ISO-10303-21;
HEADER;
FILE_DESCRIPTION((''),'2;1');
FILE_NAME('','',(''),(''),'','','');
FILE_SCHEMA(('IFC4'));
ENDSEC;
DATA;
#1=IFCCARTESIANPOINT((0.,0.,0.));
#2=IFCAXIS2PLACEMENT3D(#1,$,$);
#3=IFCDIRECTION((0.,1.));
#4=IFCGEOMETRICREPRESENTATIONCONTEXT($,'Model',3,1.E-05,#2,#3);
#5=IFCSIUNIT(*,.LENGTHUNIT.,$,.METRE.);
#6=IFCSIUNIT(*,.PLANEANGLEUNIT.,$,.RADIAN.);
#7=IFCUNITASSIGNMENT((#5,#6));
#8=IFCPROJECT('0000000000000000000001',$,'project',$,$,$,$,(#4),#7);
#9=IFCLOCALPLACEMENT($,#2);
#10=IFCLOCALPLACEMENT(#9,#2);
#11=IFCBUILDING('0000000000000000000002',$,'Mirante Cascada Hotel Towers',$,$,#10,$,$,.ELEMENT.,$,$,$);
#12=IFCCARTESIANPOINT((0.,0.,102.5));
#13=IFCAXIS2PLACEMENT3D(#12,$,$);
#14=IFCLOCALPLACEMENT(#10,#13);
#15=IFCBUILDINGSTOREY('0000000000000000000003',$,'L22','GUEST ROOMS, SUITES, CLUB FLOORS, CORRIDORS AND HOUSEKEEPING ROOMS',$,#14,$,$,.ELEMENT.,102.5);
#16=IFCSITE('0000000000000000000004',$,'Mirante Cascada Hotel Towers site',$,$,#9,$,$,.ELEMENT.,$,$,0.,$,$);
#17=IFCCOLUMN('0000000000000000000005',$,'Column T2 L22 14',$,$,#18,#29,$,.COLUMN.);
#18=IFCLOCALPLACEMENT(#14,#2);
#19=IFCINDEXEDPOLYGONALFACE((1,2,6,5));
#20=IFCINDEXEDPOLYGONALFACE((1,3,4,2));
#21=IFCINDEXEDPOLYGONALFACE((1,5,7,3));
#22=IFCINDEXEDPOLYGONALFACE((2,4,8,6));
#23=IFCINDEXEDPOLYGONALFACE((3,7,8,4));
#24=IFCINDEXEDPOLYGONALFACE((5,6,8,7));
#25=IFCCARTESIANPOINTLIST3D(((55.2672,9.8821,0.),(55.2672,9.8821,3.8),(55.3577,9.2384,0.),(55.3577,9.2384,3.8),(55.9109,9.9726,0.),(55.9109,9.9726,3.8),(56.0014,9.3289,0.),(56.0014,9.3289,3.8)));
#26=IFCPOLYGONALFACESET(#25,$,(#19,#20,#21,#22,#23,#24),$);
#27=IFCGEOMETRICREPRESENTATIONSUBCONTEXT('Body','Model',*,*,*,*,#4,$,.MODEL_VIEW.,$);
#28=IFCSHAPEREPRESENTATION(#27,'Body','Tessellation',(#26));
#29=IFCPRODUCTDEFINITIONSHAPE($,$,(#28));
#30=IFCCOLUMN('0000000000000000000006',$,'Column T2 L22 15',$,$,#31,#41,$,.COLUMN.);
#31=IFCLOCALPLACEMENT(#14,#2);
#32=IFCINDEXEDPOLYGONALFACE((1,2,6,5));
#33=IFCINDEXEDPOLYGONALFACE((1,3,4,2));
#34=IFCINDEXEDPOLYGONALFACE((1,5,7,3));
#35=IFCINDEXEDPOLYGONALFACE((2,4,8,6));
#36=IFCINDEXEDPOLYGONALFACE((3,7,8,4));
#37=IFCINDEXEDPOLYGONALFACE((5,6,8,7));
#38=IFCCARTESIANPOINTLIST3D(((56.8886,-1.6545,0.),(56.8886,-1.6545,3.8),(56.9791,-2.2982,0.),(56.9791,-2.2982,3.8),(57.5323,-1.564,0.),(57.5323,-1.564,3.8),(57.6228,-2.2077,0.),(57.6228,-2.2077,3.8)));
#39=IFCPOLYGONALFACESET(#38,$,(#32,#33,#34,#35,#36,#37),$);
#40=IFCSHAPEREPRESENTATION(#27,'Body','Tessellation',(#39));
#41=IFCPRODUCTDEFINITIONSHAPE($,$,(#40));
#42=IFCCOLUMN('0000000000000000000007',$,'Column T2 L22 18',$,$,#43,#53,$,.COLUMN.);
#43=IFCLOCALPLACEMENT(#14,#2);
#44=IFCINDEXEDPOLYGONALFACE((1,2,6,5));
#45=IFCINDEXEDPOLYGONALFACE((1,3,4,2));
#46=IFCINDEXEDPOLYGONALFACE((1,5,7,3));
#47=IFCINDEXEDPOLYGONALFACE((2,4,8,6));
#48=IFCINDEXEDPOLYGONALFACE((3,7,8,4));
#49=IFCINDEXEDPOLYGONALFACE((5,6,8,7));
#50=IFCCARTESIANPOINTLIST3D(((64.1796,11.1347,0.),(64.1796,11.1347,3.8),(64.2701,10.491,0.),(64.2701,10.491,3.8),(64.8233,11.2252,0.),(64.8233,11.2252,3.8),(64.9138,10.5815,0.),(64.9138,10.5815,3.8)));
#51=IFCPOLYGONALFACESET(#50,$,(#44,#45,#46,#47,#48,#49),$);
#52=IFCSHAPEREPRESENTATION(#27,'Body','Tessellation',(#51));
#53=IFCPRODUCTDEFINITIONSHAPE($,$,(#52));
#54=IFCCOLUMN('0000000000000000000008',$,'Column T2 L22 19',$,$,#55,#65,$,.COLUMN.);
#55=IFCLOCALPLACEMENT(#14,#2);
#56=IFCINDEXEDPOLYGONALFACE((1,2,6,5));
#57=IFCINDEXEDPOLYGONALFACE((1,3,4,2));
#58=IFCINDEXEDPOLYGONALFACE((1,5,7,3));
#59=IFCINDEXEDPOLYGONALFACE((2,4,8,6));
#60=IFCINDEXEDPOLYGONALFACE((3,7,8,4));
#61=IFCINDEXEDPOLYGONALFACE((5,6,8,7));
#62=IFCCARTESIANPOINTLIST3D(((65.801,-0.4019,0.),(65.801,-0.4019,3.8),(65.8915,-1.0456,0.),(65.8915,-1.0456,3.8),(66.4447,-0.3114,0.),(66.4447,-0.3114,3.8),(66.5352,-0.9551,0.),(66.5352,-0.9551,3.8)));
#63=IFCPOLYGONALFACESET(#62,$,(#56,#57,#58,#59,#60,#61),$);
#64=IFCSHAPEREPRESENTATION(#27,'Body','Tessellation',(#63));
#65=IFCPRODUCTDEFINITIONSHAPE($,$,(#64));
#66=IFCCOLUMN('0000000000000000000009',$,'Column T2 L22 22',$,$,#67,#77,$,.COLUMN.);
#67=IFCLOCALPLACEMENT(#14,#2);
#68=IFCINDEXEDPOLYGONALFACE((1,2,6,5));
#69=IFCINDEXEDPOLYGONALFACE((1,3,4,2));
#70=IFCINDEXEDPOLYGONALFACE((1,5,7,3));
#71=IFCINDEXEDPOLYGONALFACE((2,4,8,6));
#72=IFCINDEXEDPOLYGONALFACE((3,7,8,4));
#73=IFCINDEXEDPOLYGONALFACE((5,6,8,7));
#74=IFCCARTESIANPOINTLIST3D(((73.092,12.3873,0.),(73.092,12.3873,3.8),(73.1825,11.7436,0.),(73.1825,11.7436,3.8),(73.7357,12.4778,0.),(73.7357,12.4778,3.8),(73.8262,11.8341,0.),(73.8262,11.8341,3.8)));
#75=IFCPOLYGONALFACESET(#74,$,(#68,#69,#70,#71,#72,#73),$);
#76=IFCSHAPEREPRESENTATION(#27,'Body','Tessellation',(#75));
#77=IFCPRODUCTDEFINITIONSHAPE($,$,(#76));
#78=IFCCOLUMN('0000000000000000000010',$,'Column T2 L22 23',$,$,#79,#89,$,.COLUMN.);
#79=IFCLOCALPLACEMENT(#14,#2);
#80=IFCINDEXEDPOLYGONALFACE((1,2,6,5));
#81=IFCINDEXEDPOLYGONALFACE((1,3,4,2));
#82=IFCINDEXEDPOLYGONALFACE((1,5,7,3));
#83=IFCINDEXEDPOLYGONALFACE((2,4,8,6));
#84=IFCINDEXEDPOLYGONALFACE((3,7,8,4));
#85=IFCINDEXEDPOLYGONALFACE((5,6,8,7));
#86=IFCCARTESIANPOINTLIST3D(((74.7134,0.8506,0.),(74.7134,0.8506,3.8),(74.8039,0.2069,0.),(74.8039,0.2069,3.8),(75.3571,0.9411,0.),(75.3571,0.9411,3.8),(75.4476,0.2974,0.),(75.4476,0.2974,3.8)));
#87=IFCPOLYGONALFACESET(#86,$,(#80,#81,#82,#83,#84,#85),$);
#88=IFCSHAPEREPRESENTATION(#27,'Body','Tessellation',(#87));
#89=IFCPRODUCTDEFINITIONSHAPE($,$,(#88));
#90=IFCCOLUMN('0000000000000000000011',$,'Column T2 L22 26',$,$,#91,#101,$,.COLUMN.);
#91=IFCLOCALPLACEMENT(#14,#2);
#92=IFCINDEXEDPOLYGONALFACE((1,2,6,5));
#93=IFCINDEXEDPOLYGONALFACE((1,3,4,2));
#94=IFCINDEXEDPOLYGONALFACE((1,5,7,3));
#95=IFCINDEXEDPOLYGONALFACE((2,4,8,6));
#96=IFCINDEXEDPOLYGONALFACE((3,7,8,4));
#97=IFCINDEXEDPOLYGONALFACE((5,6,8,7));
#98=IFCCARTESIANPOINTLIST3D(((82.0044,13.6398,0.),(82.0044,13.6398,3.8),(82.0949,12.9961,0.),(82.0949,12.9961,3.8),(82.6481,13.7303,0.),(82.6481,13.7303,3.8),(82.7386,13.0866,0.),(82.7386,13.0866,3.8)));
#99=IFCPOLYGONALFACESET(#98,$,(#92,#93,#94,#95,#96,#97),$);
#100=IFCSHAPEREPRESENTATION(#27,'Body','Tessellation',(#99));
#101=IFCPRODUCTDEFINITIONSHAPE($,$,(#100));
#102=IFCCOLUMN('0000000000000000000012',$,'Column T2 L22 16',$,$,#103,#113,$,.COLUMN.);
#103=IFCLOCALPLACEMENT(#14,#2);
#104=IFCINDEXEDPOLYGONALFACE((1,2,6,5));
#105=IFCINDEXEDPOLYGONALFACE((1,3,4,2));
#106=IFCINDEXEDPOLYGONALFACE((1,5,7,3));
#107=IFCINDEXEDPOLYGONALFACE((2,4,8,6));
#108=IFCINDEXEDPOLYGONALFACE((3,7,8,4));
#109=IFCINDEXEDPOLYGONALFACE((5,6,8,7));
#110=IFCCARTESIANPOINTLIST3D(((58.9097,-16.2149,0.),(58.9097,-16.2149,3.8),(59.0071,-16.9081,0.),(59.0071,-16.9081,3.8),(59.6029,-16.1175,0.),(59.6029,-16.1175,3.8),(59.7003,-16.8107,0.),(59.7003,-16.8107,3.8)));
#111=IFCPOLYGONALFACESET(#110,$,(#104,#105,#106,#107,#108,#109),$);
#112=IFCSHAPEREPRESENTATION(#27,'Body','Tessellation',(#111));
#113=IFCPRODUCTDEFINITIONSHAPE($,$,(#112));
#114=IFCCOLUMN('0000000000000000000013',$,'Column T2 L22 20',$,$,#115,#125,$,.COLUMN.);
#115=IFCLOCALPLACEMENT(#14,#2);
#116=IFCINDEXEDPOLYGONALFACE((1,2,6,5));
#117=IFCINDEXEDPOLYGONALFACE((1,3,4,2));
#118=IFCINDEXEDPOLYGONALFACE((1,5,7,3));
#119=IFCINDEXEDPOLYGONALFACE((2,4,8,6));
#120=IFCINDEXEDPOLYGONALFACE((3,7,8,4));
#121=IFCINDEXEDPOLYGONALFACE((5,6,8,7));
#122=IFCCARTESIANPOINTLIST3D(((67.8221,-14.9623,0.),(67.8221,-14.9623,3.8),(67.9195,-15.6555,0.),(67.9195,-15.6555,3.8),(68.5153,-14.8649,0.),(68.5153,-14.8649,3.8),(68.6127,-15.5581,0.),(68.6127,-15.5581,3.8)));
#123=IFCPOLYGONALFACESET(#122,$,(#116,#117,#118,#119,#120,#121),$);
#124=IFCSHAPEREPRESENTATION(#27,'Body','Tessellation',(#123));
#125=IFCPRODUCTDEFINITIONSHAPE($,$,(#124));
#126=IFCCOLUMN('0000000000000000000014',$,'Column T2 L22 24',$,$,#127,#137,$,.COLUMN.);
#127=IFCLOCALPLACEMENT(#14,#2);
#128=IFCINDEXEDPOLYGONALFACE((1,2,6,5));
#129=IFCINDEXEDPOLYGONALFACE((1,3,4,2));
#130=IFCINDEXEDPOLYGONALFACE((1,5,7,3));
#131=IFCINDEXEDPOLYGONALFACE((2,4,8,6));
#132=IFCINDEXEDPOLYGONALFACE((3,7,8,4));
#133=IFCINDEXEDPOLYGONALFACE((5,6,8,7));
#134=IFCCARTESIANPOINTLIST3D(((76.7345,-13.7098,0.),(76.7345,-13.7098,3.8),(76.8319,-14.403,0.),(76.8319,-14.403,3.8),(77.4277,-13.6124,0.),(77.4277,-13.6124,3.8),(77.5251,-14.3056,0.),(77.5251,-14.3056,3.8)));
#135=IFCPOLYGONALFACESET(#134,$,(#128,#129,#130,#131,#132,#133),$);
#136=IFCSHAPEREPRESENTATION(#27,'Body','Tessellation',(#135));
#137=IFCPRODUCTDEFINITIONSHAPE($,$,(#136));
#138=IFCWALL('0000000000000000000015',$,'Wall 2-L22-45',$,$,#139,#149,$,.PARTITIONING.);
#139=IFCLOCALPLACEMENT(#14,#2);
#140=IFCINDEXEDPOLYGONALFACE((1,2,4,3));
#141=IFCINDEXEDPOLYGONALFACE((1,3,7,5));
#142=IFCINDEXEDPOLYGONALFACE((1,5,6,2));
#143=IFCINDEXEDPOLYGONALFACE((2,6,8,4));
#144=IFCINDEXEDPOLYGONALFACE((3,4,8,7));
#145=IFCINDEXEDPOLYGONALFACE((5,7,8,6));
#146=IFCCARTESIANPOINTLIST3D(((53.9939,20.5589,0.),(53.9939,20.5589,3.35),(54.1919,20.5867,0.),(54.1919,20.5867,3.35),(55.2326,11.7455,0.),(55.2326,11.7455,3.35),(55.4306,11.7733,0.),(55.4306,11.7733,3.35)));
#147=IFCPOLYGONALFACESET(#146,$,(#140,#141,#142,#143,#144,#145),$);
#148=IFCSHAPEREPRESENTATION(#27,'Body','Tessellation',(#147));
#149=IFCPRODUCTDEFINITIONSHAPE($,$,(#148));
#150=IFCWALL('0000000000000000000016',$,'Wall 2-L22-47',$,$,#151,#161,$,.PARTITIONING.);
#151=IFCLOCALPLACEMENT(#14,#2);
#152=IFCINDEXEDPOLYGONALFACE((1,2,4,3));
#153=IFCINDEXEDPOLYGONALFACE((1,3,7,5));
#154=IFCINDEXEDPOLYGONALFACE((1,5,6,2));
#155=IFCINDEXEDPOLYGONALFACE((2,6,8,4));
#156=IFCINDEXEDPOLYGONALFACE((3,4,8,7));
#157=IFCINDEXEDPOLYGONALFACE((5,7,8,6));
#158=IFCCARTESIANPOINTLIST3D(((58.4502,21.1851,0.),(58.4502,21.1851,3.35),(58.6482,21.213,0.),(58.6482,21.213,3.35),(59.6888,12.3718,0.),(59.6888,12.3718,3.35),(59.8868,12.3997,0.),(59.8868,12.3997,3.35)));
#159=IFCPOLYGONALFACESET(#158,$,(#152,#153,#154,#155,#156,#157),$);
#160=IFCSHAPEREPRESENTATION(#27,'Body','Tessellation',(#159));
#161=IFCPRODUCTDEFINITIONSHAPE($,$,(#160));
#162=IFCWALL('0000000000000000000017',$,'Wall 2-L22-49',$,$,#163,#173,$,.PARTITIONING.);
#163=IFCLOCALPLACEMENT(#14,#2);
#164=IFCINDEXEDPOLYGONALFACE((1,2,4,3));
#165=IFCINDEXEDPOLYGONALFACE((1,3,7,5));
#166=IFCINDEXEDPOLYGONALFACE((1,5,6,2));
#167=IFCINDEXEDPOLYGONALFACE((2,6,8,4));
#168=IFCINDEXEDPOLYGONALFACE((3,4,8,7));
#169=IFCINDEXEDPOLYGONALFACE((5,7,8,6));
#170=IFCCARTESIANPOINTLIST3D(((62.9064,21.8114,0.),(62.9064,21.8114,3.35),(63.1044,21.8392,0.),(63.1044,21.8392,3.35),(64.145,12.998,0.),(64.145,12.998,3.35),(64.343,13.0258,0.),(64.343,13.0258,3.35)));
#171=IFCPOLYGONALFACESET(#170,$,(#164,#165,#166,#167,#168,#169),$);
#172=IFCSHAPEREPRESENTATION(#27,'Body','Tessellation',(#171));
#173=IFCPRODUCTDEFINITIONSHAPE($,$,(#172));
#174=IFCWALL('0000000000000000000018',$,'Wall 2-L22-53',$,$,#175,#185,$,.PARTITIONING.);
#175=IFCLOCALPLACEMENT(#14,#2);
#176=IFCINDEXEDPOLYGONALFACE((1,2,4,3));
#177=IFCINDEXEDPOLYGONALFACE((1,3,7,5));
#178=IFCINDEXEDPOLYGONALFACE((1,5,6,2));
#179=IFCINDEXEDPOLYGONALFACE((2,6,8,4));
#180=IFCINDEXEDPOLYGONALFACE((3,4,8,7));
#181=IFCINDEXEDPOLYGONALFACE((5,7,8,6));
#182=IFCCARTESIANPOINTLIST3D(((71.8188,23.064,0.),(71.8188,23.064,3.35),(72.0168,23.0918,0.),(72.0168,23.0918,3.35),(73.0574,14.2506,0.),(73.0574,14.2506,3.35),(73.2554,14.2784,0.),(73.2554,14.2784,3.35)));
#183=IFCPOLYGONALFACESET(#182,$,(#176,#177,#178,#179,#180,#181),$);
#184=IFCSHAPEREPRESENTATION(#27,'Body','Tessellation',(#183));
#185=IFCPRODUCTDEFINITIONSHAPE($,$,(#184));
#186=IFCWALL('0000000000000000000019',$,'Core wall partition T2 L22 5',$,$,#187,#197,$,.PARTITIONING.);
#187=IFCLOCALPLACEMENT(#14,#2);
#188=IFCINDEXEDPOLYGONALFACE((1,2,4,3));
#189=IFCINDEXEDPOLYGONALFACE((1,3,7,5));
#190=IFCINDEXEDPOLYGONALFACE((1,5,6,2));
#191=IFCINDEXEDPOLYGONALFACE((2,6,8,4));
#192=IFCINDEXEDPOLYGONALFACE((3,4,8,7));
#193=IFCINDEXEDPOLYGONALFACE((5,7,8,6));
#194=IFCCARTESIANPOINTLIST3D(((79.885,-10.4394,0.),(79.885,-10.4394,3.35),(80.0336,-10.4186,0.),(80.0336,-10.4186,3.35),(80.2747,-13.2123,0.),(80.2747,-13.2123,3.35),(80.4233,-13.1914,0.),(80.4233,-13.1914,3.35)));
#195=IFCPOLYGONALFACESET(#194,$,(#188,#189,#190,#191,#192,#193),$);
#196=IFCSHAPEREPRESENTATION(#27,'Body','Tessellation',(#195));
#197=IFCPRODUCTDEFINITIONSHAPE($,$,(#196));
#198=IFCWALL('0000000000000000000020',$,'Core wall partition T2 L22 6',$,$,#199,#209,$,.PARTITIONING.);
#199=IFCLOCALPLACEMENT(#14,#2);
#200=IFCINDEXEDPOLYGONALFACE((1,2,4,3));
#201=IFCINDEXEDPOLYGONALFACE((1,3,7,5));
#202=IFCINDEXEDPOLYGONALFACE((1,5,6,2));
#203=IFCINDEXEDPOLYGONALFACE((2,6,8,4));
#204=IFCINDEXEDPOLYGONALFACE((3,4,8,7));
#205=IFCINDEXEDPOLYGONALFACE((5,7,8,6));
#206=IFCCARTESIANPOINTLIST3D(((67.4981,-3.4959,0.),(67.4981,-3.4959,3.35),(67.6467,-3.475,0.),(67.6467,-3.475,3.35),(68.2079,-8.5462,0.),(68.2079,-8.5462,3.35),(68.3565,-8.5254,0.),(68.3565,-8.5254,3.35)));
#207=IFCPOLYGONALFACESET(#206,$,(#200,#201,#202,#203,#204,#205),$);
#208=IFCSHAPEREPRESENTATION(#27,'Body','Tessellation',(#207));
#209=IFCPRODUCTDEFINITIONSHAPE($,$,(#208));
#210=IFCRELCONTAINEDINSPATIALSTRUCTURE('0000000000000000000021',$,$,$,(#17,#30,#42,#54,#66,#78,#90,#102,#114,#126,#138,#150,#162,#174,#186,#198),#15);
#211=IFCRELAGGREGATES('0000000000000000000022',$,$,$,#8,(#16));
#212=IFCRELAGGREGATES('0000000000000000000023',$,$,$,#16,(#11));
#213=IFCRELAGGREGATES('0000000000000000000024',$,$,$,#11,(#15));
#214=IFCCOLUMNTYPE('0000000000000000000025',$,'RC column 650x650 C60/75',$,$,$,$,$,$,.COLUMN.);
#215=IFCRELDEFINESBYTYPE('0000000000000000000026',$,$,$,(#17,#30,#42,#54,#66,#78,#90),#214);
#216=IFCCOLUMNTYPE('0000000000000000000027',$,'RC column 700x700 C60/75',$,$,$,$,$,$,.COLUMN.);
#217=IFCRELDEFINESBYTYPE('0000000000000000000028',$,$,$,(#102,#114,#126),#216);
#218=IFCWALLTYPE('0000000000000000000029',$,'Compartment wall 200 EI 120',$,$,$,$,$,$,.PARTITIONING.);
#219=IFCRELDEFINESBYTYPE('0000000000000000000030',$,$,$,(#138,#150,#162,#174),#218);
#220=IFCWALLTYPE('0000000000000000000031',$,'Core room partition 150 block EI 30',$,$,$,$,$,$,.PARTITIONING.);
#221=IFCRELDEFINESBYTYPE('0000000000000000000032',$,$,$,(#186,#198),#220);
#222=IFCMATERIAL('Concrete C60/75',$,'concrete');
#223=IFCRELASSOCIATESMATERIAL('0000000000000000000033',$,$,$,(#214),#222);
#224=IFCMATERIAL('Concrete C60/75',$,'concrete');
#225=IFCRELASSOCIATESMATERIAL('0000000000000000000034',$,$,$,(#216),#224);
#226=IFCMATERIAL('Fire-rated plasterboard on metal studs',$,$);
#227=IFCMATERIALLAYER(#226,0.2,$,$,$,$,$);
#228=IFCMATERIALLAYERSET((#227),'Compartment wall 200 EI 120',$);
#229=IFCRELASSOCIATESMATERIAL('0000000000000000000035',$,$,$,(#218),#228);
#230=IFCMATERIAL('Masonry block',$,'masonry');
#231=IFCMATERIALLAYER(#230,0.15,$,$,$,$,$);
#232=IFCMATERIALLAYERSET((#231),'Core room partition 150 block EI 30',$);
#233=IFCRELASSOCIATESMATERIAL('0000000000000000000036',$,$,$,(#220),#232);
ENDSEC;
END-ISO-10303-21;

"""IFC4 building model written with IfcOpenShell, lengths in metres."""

from ifc_helpers import new_model, si_unit, direction, frame, frame_2d, origin, origin_2d, place, context, subcontext, project, spatial, rectangle, extrude, material, layer, layer_set, material_profile, profile_set, type_object, element, save


model = new_model("IFC4")

# Units and contexts
model_context = context("Model", 3, precision=1e-05, world=origin(), true_north=direction((0.0, 1.0)))
body_context = subcontext(model_context, "Body", "Model", "MODEL_VIEW")
ifc_project = project(units=[si_unit("LENGTHUNIT", "METRE"), si_unit("PLANEANGLEUNIT", "RADIAN")], contexts=[model_context])

# Site, building, storey
site_placement = place(None, origin())
site = spatial("IfcSite", under=ifc_project, at=site_placement, Name="Mirante Cascada Hotel Towers site", CompositionType="ELEMENT", RefElevation=0.0)
building_placement = place(site_placement, origin())
building = spatial("IfcBuilding", under=site, at=building_placement, Name="Mirante Cascada Hotel Towers", CompositionType="ELEMENT")
storey_placement = place(building_placement, frame((0.0, 0.0, 102.5)))
storey = spatial("IfcBuildingStorey", under=building, at=storey_placement, Name="L22", Description="GUEST ROOMS, SUITES, CLUB FLOORS, CORRIDORS AND HOUSEKEEPING ROOMS", CompositionType="ELEMENT", Elevation=102.5)

# Columns
ifc_material_1 = material(Name="Concrete C60/75", Category="concrete")
ifc_material_profile_1 = material_profile(ifc_material_1, rectangle(XDim=0.65, YDim=0.65, at=origin_2d()), Name="RC column 650x650 C60/75")
ifc_profile_set_1 = profile_set([ifc_material_profile_1], Name="Concrete C60/75")
column_type_1 = type_object("IfcColumnType", Name="RC column 650x650 C60/75", PredefinedType="COLUMN", material=ifc_profile_set_1)
for number, where, z_axis, x_axis, name in (
    (1, (55.6343, 9.6055, 0.0), (0.0, 0.0, 1.0), (0.990268, 0.139173, 0.0), "Column T2 L22 14"),
    (2, (57.2557, -1.9311, 0.0), (0.0, 0.0, 1.0), (0.990268, 0.139173, 0.0), "Column T2 L22 15"),
    (3, (64.5467, 10.8581, 0.0), (0.0, 0.0, 1.0), (0.990268, 0.139173, 0.0), "Column T2 L22 18"),
    (4, (66.1681, -0.6785, 0.0), (0.0, 0.0, 1.0), (0.990268, 0.139173, 0.0), "Column T2 L22 19"),
    (5, (73.4591, 12.1107, 0.0), (0.0, 0.0, 1.0), (0.990268, 0.139173, 0.0), "Column T2 L22 22"),
    (6, (75.0805, 0.574, 0.0), (0.0, 0.0, 1.0), (0.990268, 0.139173, 0.0), "Column T2 L22 23"),
    (7, (82.3715, 13.3632, 0.0), (0.0, 0.0, 1.0), (0.990268, 0.139173, 0.0), "Column T2 L22 26"),
):
    element("IfcColumn", number, at=place(storey_placement, frame(where, z_axis=z_axis, x_axis=x_axis)), inside=storey, type_object=column_type_1, Name=name, PredefinedType="COLUMN", context=body_context, shape_type="SweptSolid", body=[
        extrude(rectangle(XDim=0.65, YDim=0.65, at=origin_2d()), origin(), (0.0, 0.0, 1.0), 3.8),
    ])
ifc_material_2 = material(Name="Concrete C60/75", Category="concrete")
ifc_material_profile_2 = material_profile(ifc_material_2, rectangle(XDim=0.7, YDim=0.7, at=origin_2d()), Name="RC column 700x700 C60/75")
ifc_profile_set_2 = profile_set([ifc_material_profile_2], Name="Concrete C60/75")
column_type_2 = type_object("IfcColumnType", Name="RC column 700x700 C60/75", PredefinedType="COLUMN", material=ifc_profile_set_2)
for number, where, z_axis, x_axis, name in (
    (8, (59.305, -16.5128, 0.0), (0.0, 0.0, 1.0), (0.990268, 0.139173, 0.0), "Column T2 L22 16"),
    (9, (68.2174, -15.2602, 0.0), (0.0, 0.0, 1.0), (0.990268, 0.139173, 0.0), "Column T2 L22 20"),
    (10, (77.1298, -14.0077, 0.0), (0.0, 0.0, 1.0), (0.990268, 0.139173, 0.0), "Column T2 L22 24"),
):
    element("IfcColumn", number, at=place(storey_placement, frame(where, z_axis=z_axis, x_axis=x_axis)), inside=storey, type_object=column_type_2, Name=name, PredefinedType="COLUMN", context=body_context, shape_type="SweptSolid", body=[
        extrude(rectangle(XDim=0.7, YDim=0.7, at=origin_2d()), origin(), (0.0, 0.0, 1.0), 3.8),
    ])

# Walls
ifc_material_3 = material(Name="Fire-rated plasterboard on metal studs")
ifc_layer_1 = layer(ifc_material_3, 0.2)
ifc_layer_set_1 = layer_set([ifc_layer_1], Name="Compartment wall 200 EI 120")
wall_type_1 = type_object("IfcWallType", Name="Compartment wall 200 EI 120", PredefinedType="PARTITIONING", material=ifc_layer_set_1)
wall_1_placement = place(storey_placement, frame((55.3316, 11.7594, 0.0), z_axis=(0.0, 0.0, 1.0), x_axis=(-0.139179, 0.990267, 0.0)))
element("IfcWall", 11, at=wall_1_placement, inside=storey, type_object=wall_type_1, Name="Wall 2-L22-45", PredefinedType="PARTITIONING", context=body_context, shape_type="SweptSolid", body=[
    extrude(rectangle(XDim=8.9, YDim=0.2, at=frame_2d((4.45, 0.0))), origin(), (0.0, 0.0, 1.0), 3.35),
])
wall_2_placement = place(storey_placement, frame((59.7878, 12.3857, 0.0), z_axis=(0.0, 0.0, 1.0), x_axis=(-0.13917, 0.990268, 0.0)))
element("IfcWall", 12, at=wall_2_placement, inside=storey, type_object=wall_type_1, Name="Wall 2-L22-47", PredefinedType="PARTITIONING", context=body_context, shape_type="SweptSolid", body=[
    extrude(rectangle(XDim=8.8999, YDim=0.2, at=frame_2d((4.45, 0.0))), origin(), (0.0, 0.0, 1.0), 3.35),
])
for number, where, z_axis, x_axis, name in (
    (13, (64.244, 13.0119, 0.0), (0.0, 0.0, 1.0), (-0.139168, 0.990269, 0.0), "Wall 2-L22-49"),
    (14, (73.1564, 14.2645, 0.0), (0.0, 0.0, 1.0), (-0.139168, 0.990269, 0.0), "Wall 2-L22-53"),
):
    element("IfcWall", number, at=place(storey_placement, frame(where, z_axis=z_axis, x_axis=x_axis)), inside=storey, type_object=wall_type_1, Name=name, PredefinedType="PARTITIONING", context=body_context, shape_type="SweptSolid", body=[
        extrude(rectangle(XDim=8.9, YDim=0.2, at=frame_2d((4.45, 0.0))), origin(), (0.0, 0.0, 1.0), 3.35),
    ])
ifc_material_4 = material(Name="Masonry block", Category="masonry")
ifc_layer_2 = layer(ifc_material_4, 0.15)
ifc_layer_set_2 = layer_set([ifc_layer_2], Name="Core room partition 150 block EI 30")
wall_type_2 = type_object("IfcWallType", Name="Core room partition 150 block EI 30", PredefinedType="PARTITIONING", material=ifc_layer_set_2)
wall_3_placement = place(storey_placement, frame((80.349, -13.2018, 0.0), z_axis=(0.0, 0.0, 1.0), x_axis=(-0.139176, 0.990268, 0.0)))
element("IfcWall", 15, at=wall_3_placement, inside=storey, type_object=wall_type_2, Name="Core wall partition T2 L22 5", PredefinedType="PARTITIONING", context=body_context, shape_type="SweptSolid", body=[
    extrude(rectangle(XDim=2.8001, YDim=0.15, at=frame_2d((1.4, 0.0))), origin(), (0.0, 0.0, 1.0), 3.35),
])
wall_4_placement = place(storey_placement, frame((68.2822, -8.5358, 0.0), z_axis=(0.0, 0.0, 1.0), x_axis=(-0.139176, 0.990268, 0.0)))
element("IfcWall", 16, at=wall_4_placement, inside=storey, type_object=wall_type_2, Name="Core wall partition T2 L22 6", PredefinedType="PARTITIONING", context=body_context, shape_type="SweptSolid", body=[
    extrude(rectangle(XDim=5.1, YDim=0.15, at=frame_2d((2.55, 0.0))), origin(), (0.0, 0.0, 1.0), 3.35),
])

save(model, "model.ifc")
